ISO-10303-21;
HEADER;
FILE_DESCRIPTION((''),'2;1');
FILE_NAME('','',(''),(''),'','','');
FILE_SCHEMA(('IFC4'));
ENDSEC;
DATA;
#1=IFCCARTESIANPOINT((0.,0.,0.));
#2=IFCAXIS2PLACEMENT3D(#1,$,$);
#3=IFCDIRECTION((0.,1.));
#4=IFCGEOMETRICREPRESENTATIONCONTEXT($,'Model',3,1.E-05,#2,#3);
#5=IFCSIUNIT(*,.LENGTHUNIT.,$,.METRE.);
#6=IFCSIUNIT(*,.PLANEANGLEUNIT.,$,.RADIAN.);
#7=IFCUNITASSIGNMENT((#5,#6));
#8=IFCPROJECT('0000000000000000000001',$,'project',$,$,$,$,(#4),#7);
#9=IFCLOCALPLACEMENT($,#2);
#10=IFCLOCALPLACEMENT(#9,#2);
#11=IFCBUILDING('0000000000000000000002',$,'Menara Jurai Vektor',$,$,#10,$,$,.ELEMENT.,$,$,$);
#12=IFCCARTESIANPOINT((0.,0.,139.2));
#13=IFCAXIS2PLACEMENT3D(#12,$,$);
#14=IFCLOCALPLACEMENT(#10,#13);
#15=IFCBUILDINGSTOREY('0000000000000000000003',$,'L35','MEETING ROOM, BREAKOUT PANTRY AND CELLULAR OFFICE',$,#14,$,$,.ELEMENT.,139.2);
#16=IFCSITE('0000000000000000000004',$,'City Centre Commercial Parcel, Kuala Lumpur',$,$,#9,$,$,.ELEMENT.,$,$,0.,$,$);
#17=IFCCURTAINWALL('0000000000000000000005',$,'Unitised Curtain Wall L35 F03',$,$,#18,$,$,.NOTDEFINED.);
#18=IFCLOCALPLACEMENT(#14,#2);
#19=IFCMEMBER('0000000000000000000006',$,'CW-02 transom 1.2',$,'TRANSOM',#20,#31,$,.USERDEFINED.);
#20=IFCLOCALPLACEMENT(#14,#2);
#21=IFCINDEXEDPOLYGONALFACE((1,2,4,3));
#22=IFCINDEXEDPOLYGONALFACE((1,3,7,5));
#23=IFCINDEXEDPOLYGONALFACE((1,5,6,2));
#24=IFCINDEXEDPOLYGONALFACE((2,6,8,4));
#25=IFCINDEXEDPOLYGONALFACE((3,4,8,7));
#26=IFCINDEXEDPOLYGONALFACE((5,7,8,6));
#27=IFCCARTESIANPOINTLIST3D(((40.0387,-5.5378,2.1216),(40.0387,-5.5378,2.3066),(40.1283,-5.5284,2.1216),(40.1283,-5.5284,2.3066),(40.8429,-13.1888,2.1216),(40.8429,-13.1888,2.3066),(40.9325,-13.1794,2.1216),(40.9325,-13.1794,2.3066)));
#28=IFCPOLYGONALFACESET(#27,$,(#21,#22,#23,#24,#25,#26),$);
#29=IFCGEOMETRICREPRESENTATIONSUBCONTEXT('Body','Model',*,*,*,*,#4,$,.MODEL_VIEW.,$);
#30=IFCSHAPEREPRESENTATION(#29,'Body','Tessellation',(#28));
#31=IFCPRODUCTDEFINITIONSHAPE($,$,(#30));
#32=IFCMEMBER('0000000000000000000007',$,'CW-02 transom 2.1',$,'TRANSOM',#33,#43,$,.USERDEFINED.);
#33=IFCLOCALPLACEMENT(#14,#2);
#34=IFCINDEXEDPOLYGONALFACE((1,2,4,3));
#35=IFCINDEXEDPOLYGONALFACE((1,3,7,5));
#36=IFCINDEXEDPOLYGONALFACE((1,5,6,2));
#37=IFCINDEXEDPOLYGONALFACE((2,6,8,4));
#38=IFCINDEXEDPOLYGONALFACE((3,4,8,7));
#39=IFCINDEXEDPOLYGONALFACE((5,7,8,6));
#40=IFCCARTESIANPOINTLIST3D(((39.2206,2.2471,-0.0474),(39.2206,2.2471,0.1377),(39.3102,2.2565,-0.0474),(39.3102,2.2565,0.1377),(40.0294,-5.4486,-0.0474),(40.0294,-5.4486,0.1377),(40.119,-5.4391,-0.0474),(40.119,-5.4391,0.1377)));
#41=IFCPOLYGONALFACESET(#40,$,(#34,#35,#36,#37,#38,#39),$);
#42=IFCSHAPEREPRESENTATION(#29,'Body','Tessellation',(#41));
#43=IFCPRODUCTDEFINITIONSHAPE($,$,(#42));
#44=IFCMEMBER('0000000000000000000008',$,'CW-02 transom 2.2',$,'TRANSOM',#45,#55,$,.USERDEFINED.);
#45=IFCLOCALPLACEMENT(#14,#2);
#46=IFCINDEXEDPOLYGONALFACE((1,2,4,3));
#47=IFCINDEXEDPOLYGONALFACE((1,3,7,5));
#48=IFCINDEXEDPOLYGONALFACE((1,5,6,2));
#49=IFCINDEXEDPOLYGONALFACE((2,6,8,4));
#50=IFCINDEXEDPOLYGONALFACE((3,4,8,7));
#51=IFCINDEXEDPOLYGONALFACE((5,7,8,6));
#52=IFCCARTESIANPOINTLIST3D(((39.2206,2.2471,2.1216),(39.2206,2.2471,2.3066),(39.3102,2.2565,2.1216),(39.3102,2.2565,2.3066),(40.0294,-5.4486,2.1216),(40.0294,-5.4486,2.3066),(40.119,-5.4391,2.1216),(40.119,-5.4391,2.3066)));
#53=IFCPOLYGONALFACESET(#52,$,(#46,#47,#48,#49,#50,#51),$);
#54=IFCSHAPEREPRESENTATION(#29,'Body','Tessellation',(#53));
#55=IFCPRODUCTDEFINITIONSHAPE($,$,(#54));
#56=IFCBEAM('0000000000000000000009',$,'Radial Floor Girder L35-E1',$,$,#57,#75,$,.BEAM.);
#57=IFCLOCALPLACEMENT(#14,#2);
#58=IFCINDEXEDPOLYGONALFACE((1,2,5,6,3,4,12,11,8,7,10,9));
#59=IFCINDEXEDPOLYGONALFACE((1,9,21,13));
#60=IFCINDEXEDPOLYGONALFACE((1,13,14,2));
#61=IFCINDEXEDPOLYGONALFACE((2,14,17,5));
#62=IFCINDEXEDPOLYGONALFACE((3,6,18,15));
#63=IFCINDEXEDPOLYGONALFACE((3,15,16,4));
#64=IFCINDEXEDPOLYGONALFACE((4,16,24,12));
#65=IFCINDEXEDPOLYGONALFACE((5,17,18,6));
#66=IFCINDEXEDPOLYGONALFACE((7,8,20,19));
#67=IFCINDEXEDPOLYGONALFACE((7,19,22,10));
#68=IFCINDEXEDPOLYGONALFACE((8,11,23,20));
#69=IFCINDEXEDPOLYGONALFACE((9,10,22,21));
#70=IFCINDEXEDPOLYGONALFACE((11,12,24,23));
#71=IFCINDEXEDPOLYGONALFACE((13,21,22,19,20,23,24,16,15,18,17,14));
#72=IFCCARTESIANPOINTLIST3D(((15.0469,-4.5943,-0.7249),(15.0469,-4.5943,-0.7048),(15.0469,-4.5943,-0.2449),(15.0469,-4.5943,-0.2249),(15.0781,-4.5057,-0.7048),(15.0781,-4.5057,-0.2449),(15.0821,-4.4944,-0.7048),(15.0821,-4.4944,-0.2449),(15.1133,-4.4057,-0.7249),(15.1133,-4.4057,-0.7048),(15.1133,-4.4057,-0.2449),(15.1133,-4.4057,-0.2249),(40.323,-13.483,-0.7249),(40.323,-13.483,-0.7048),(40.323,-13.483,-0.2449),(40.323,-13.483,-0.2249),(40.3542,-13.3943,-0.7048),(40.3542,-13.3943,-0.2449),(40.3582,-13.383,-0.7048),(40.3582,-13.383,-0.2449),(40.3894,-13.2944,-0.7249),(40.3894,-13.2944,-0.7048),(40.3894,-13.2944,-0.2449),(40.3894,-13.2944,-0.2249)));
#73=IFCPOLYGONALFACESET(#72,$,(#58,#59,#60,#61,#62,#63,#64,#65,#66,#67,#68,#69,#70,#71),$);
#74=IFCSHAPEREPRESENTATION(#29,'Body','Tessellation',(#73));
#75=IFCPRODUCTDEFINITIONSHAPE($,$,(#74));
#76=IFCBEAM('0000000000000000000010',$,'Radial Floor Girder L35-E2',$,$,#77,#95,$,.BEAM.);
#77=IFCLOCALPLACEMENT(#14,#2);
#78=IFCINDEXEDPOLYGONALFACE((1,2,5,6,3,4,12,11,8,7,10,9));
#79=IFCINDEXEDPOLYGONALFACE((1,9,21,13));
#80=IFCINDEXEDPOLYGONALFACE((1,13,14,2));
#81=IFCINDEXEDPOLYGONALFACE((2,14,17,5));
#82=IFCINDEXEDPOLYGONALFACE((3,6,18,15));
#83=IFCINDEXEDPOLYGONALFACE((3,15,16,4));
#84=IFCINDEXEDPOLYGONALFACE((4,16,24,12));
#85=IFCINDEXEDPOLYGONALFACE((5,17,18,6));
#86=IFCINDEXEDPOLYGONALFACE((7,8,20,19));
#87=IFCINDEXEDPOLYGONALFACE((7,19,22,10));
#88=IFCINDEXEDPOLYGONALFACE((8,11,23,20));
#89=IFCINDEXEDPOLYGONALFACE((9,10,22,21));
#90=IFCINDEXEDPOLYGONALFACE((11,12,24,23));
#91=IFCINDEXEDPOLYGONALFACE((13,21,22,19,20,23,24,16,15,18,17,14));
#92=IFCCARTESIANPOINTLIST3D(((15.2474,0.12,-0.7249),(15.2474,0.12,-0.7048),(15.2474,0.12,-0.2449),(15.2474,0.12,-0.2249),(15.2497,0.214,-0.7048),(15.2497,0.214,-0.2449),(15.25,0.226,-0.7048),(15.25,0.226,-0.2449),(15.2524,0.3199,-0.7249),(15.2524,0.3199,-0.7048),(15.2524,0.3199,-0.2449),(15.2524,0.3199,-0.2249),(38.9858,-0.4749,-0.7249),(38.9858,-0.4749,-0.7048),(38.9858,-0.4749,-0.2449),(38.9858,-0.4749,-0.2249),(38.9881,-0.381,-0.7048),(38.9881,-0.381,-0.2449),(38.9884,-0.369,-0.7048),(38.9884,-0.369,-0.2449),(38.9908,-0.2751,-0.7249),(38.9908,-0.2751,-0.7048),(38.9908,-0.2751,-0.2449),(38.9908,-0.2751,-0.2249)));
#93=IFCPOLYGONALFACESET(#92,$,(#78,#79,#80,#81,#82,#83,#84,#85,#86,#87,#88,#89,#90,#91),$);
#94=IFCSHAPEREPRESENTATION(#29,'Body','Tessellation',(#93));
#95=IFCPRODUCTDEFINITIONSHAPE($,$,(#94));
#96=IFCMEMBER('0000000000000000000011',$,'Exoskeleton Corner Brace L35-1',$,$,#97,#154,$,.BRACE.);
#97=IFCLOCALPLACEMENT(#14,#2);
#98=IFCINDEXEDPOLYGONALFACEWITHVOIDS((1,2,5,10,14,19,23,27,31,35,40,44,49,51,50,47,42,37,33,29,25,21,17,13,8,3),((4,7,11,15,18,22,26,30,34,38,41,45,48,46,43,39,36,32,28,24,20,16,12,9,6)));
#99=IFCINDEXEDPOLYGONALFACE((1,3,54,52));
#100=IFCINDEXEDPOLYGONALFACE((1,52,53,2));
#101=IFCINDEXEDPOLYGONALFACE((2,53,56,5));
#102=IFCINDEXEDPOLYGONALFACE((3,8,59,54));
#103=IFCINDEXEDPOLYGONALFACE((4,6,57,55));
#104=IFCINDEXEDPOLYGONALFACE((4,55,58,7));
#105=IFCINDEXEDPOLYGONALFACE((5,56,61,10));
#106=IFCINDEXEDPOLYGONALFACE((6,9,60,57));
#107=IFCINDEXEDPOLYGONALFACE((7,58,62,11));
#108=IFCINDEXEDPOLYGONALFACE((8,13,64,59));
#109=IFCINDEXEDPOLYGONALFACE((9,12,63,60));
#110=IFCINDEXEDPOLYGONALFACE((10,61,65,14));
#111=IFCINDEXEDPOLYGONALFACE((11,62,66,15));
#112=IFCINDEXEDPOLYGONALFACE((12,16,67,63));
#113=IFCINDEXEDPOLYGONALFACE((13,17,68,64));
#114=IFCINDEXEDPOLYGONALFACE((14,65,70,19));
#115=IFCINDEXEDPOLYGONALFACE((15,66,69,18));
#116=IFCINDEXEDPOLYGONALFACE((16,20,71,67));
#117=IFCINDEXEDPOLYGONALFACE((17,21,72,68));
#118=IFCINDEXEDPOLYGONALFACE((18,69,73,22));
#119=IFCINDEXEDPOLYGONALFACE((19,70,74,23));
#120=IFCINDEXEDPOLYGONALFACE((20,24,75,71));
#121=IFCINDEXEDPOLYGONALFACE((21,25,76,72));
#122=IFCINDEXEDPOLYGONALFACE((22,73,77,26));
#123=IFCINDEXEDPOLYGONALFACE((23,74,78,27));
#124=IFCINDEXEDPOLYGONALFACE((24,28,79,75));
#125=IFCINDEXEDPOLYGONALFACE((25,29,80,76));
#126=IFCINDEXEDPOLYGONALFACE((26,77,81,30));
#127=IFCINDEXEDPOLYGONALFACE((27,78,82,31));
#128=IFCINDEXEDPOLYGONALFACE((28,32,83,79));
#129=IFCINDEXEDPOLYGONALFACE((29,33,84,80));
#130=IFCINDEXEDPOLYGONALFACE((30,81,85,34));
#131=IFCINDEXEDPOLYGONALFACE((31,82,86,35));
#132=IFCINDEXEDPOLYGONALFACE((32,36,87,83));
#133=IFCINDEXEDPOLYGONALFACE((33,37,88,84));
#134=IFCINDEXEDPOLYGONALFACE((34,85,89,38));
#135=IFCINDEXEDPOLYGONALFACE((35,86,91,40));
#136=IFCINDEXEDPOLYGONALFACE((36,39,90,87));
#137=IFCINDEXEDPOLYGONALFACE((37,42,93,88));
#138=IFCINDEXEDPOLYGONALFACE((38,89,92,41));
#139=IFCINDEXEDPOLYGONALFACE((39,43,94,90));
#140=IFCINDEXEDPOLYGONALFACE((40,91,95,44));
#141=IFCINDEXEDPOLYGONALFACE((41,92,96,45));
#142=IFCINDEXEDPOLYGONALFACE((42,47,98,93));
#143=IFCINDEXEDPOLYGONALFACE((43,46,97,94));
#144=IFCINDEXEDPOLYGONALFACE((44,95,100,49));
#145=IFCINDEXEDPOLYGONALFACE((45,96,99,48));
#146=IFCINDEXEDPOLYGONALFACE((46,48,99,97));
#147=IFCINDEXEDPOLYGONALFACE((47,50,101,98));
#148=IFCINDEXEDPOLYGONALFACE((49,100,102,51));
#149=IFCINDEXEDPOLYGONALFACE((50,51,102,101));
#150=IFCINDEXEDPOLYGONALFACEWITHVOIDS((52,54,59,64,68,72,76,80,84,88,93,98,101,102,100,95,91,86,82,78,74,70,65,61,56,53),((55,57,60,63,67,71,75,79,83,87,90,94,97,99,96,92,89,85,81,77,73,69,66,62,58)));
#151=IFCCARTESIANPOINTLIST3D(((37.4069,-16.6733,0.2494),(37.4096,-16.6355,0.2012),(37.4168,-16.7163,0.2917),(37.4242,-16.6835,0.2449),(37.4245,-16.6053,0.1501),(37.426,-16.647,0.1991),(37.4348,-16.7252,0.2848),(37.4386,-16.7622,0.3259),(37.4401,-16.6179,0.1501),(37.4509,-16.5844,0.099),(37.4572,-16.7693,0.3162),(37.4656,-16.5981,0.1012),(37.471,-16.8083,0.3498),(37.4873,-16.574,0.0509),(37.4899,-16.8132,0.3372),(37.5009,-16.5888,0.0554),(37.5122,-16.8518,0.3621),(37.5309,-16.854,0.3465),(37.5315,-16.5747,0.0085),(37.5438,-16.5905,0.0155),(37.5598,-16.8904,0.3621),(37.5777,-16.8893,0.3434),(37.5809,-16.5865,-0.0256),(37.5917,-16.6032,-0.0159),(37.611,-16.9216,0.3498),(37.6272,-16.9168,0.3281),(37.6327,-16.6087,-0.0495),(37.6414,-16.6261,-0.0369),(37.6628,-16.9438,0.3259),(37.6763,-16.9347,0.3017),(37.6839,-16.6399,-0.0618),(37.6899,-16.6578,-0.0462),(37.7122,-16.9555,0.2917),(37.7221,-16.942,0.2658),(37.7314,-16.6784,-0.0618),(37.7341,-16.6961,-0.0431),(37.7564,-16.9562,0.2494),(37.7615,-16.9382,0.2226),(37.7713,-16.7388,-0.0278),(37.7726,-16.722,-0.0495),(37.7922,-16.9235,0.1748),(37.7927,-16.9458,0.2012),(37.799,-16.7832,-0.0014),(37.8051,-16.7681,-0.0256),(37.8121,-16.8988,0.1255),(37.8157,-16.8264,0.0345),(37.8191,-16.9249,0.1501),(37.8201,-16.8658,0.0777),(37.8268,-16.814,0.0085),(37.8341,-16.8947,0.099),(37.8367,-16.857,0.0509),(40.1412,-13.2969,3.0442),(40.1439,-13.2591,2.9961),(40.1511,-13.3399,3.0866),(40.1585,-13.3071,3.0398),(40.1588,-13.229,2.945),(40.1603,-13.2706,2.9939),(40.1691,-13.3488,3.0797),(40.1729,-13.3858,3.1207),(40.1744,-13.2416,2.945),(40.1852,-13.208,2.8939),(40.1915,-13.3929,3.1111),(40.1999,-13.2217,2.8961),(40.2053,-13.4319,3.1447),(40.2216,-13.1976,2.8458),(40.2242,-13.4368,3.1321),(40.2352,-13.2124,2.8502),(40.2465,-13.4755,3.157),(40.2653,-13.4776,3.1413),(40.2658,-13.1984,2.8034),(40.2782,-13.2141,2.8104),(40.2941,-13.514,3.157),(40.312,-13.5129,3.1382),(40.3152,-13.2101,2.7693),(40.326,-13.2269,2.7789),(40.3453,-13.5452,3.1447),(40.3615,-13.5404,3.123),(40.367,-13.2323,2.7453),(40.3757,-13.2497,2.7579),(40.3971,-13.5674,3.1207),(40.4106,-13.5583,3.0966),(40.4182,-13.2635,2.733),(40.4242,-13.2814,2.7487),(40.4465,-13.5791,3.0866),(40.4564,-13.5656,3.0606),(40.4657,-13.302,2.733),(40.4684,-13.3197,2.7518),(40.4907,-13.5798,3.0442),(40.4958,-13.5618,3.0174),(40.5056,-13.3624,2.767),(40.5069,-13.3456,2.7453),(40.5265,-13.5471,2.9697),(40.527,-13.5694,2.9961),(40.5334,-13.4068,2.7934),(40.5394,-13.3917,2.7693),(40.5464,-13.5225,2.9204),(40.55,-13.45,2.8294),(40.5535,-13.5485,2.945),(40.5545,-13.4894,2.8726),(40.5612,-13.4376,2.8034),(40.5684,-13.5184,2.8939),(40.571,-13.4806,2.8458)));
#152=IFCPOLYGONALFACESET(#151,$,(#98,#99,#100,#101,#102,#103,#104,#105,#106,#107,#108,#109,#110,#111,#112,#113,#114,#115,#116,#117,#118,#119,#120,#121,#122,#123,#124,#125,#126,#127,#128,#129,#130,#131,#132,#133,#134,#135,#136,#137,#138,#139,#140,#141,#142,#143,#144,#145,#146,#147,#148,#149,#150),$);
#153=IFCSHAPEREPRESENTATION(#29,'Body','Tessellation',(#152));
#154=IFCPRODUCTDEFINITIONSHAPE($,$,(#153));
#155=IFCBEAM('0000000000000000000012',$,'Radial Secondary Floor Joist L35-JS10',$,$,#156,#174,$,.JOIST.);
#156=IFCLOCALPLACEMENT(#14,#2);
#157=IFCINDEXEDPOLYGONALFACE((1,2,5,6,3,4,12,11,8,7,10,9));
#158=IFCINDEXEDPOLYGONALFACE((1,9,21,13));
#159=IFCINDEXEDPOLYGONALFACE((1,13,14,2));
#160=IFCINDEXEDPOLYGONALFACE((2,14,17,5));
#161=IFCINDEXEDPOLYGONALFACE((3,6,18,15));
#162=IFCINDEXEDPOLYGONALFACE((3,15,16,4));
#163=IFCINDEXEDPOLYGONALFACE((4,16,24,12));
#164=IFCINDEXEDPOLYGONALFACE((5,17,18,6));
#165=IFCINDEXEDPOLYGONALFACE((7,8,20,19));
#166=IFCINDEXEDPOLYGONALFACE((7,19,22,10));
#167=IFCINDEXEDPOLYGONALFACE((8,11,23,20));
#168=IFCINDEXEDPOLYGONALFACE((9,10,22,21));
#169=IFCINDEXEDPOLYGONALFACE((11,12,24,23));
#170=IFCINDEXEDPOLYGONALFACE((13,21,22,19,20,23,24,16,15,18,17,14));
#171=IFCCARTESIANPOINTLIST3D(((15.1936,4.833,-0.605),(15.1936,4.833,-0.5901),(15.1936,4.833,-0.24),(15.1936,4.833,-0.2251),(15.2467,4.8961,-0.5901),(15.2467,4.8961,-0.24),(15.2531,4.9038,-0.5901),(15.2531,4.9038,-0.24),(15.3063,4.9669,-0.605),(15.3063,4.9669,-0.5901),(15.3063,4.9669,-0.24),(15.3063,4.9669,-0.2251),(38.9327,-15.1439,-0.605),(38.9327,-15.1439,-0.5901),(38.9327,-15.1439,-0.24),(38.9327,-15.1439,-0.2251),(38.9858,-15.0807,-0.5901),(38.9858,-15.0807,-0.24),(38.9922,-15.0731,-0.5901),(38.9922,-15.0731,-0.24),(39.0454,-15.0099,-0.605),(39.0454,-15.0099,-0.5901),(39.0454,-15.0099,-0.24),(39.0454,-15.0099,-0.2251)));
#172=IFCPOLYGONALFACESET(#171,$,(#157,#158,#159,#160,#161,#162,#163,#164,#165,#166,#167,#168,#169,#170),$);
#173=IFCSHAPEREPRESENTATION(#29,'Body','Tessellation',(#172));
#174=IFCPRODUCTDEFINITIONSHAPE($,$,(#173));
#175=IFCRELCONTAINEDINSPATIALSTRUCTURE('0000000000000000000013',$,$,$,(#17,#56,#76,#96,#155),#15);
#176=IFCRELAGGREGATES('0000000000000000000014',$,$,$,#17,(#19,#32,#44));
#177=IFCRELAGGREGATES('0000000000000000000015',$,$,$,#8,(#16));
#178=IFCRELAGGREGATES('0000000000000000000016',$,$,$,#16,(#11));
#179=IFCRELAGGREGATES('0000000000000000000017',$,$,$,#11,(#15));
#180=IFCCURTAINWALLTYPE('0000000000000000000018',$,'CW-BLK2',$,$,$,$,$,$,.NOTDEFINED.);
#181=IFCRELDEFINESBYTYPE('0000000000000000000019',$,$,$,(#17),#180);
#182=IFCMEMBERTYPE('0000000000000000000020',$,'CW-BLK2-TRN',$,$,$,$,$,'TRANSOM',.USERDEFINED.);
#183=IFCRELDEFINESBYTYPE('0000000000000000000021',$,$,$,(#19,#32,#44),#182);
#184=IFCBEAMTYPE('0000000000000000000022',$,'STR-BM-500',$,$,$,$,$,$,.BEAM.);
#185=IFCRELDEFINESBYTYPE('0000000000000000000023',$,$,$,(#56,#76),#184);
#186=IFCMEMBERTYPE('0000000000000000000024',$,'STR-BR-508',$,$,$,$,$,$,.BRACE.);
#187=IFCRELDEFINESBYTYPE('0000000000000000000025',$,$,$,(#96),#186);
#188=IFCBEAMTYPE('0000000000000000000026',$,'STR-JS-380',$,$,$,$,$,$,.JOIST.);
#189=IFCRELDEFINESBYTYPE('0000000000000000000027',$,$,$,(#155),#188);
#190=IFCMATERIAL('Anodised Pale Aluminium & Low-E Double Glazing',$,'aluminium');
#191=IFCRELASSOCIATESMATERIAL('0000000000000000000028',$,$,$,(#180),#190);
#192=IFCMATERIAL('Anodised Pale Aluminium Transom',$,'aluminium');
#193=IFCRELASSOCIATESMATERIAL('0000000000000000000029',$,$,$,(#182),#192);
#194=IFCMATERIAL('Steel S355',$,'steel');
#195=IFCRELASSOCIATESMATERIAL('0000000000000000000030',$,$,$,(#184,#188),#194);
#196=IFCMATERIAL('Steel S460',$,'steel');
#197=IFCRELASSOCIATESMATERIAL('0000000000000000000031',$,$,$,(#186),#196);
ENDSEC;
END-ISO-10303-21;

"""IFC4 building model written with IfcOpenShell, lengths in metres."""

from ifc_helpers import new_model, si_unit, direction, frame, origin, origin_2d, place, context, subcontext, project, spatial, rectangle, hollow_circle, i_section, extrude, material, material_profile, profile_set, type_object, element, aggregate, save


model = new_model("IFC4")

# Units and contexts
model_context = context("Model", 3, precision=1e-05, world=origin(), true_north=direction((0.0, 1.0)))
body_context = subcontext(model_context, "Body", "Model", "MODEL_VIEW")
ifc_project = project(units=[si_unit("LENGTHUNIT", "METRE"), si_unit("PLANEANGLEUNIT", "RADIAN")], contexts=[model_context])

# Site, building, storey
site_placement = place(None, origin())
site = spatial("IfcSite", under=ifc_project, at=site_placement, Name="City Centre Commercial Parcel, Kuala Lumpur", CompositionType="ELEMENT", RefElevation=0.0)
building_placement = place(site_placement, origin())
building = spatial("IfcBuilding", under=site, at=building_placement, Name="Menara Jurai Vektor", CompositionType="ELEMENT")
storey_placement = place(building_placement, frame((0.0, 0.0, 139.2)))
storey = spatial("IfcBuildingStorey", under=building, at=storey_placement, Name="L35", Description="MEETING ROOM, BREAKOUT PANTRY AND CELLULAR OFFICE", CompositionType="ELEMENT", Elevation=139.2)

# Shared definitions
ifc_material_1 = material(Name="Steel S460", Category="steel")

# Curtain wall
ifc_material_2 = material(Name="Anodised Pale Aluminium & Low-E Double Glazing", Category="aluminium")
curtain_wall_type = type_object("IfcCurtainWallType", Name="CW-BLK2", PredefinedType="NOTDEFINED", material=ifc_material_2)
curtain_wall_1_placement = place(storey_placement, origin())
curtain_wall_1 = element("IfcCurtainWall", 1, at=curtain_wall_1_placement, inside=storey, type_object=curtain_wall_type, Name="Unitised Curtain Wall L35 F03", PredefinedType="NOTDEFINED")

# Members
ifc_material_3 = material(Name="Anodised Pale Aluminium Transom", Category="aluminium")
ifc_material_profile_1 = material_profile(ifc_material_3, rectangle(XDim=0.0901, YDim=0.1851, at=origin_2d()), Name="ALU TRN 90x185")
ifc_profile_set_1 = profile_set([ifc_material_profile_1], Name="Anodised Pale Aluminium Transom")
member_type_1 = type_object("IfcMemberType", Name="CW-BLK2-TRN", ElementType="TRANSOM", PredefinedType="USERDEFINED", material=ifc_profile_set_1)
member_1_placement = place(storey_placement, frame((40.8877, -13.1841, 2.2141), z_axis=(-0.104536, 0.994521, 0.0), x_axis=(-0.994521, -0.104536, 0.0)))
member_1 = element("IfcMember", 2, at=member_1_placement, type_object=member_type_1, Name="CW-02 transom 1.2", ObjectType="TRANSOM", PredefinedType="USERDEFINED", context=body_context, shape_type="SweptSolid", body=[
    extrude(rectangle(XDim=0.0901, YDim=0.1851, at=origin_2d()), origin(), (0.0, 0.0, 1.0), 7.6931),
])
member_2_placement = place(storey_placement, frame((40.0742, -5.4438, 0.0452), z_axis=(-0.104529, 0.994522, 0.0), x_axis=(-0.994522, -0.104529, 0.0)))
member_2 = element("IfcMember", 3, at=member_2_placement, type_object=member_type_1, Name="CW-02 transom 2.1", ObjectType="TRANSOM", PredefinedType="USERDEFINED", context=body_context, shape_type="SweptSolid", body=[
    extrude(rectangle(XDim=0.0901, YDim=0.1851, at=origin_2d()), origin(), (0.0, 0.0, 1.0), 7.738),
])
member_3_placement = place(storey_placement, frame((40.0742, -5.4438, 2.2141), z_axis=(-0.104529, 0.994522, 0.0), x_axis=(-0.994522, -0.104529, 0.0)))
member_3 = element("IfcMember", 4, at=member_3_placement, type_object=member_type_1, Name="CW-02 transom 2.2", ObjectType="TRANSOM", PredefinedType="USERDEFINED", context=body_context, shape_type="SweptSolid", body=[
    extrude(rectangle(XDim=0.0901, YDim=0.1851, at=origin_2d()), origin(), (0.0, 0.0, 1.0), 7.738),
])

# Beams
ifc_material_4 = material(Name="Steel S355", Category="steel")
ifc_material_profile_2 = material_profile(ifc_material_4, i_section(OverallWidth=0.2, OverallDepth=0.5, WebThickness=0.012, FlangeThickness=0.02, at=origin_2d()), Name="PG 500x200x96")
ifc_profile_set_2 = profile_set([ifc_material_profile_2], Name="Steel S355")
beam_type_1 = type_object("IfcBeamType", Name="STR-BM-500", PredefinedType="BEAM", material=ifc_profile_set_2)
beam_1_placement = place(storey_placement, frame((40.3562, -13.3887, -0.4749), z_axis=(-0.943368, 0.331747, 0.0), x_axis=(-0.331747, -0.943368, 0.0)))
element("IfcBeam", 5, at=beam_1_placement, inside=storey, type_object=beam_type_1, Name="Radial Floor Girder L35-E1", PredefinedType="BEAM", context=body_context, shape_type="SweptSolid", body=[
    extrude(i_section(OverallWidth=0.2, OverallDepth=0.5, WebThickness=0.012, FlangeThickness=0.02, at=origin_2d()), origin(), (0.0, 0.0, 1.0), 26.7935),
])
beam_2_placement = place(storey_placement, frame((38.9883, -0.375, -0.4749), z_axis=(-0.999686, 0.025056, 0.0), x_axis=(-0.025056, -0.999686, 0.0)))
element("IfcBeam", 6, at=beam_2_placement, inside=storey, type_object=beam_type_1, Name="Radial Floor Girder L35-E2", PredefinedType="BEAM", context=body_context, shape_type="SweptSolid", body=[
    extrude(i_section(OverallWidth=0.2, OverallDepth=0.5, WebThickness=0.012, FlangeThickness=0.02, at=origin_2d()), origin(), (0.0, 0.0, 1.0), 23.7458),
])

# Member
ifc_material_profile_3 = material_profile(ifc_material_1, hollow_circle(Radius=0.2539, WallThickness=0.02, at=origin_2d()), Name="CHS 508x20")
ifc_profile_set_3 = profile_set([ifc_material_profile_3], Name="Steel S460")
member_type_2 = type_object("IfcMemberType", Name="STR-BR-508", PredefinedType="BRACE", material=ifc_profile_set_3)
member_4_placement = place(storey_placement, frame((37.6218, -16.7651, 0.1501), z_axis=(0.529289, 0.653577, 0.541009), x_axis=(-0.777127, 0.629344, 0.0)))
element("IfcMember", 7, at=member_4_placement, inside=storey, type_object=member_type_2, Name="Exoskeleton Corner Brace L35-1", PredefinedType="BRACE", context=body_context, shape_type="SweptSolid", body=[
    extrude(hollow_circle(Radius=0.2539, WallThickness=0.02, at=origin_2d()), origin(), (0.0, 0.0, 1.0), 5.166),
])

# Beam
ifc_material_profile_4 = material_profile(ifc_material_4, i_section(OverallWidth=0.175, OverallDepth=0.3799, WebThickness=0.01, FlangeThickness=0.0149, at=origin_2d()), Name="PG 380x175x58")
ifc_profile_set_4 = profile_set([ifc_material_profile_4], Name="Steel S355")
beam_type_2 = type_object("IfcBeamType", Name="STR-JS-380", PredefinedType="JOIST", material=ifc_profile_set_4)
beam_3_placement = place(storey_placement, frame((38.989, -15.0769, -0.415), z_axis=(-0.765133, 0.643873, 0.0), x_axis=(-0.643873, -0.765133, 0.0)))
element("IfcBeam", 8, at=beam_3_placement, inside=storey, type_object=beam_type_2, Name="Radial Secondary Floor Joist L35-JS10", PredefinedType="JOIST", context=body_context, shape_type="SweptSolid", body=[
    extrude(i_section(OverallWidth=0.175, OverallDepth=0.3799, WebThickness=0.01, FlangeThickness=0.0149, at=origin_2d()), origin(), (0.0, 0.0, 1.0), 31.0261),
])

aggregate(curtain_wall_1, [member_1, member_2, member_3])

save(model, "model.ifc")
